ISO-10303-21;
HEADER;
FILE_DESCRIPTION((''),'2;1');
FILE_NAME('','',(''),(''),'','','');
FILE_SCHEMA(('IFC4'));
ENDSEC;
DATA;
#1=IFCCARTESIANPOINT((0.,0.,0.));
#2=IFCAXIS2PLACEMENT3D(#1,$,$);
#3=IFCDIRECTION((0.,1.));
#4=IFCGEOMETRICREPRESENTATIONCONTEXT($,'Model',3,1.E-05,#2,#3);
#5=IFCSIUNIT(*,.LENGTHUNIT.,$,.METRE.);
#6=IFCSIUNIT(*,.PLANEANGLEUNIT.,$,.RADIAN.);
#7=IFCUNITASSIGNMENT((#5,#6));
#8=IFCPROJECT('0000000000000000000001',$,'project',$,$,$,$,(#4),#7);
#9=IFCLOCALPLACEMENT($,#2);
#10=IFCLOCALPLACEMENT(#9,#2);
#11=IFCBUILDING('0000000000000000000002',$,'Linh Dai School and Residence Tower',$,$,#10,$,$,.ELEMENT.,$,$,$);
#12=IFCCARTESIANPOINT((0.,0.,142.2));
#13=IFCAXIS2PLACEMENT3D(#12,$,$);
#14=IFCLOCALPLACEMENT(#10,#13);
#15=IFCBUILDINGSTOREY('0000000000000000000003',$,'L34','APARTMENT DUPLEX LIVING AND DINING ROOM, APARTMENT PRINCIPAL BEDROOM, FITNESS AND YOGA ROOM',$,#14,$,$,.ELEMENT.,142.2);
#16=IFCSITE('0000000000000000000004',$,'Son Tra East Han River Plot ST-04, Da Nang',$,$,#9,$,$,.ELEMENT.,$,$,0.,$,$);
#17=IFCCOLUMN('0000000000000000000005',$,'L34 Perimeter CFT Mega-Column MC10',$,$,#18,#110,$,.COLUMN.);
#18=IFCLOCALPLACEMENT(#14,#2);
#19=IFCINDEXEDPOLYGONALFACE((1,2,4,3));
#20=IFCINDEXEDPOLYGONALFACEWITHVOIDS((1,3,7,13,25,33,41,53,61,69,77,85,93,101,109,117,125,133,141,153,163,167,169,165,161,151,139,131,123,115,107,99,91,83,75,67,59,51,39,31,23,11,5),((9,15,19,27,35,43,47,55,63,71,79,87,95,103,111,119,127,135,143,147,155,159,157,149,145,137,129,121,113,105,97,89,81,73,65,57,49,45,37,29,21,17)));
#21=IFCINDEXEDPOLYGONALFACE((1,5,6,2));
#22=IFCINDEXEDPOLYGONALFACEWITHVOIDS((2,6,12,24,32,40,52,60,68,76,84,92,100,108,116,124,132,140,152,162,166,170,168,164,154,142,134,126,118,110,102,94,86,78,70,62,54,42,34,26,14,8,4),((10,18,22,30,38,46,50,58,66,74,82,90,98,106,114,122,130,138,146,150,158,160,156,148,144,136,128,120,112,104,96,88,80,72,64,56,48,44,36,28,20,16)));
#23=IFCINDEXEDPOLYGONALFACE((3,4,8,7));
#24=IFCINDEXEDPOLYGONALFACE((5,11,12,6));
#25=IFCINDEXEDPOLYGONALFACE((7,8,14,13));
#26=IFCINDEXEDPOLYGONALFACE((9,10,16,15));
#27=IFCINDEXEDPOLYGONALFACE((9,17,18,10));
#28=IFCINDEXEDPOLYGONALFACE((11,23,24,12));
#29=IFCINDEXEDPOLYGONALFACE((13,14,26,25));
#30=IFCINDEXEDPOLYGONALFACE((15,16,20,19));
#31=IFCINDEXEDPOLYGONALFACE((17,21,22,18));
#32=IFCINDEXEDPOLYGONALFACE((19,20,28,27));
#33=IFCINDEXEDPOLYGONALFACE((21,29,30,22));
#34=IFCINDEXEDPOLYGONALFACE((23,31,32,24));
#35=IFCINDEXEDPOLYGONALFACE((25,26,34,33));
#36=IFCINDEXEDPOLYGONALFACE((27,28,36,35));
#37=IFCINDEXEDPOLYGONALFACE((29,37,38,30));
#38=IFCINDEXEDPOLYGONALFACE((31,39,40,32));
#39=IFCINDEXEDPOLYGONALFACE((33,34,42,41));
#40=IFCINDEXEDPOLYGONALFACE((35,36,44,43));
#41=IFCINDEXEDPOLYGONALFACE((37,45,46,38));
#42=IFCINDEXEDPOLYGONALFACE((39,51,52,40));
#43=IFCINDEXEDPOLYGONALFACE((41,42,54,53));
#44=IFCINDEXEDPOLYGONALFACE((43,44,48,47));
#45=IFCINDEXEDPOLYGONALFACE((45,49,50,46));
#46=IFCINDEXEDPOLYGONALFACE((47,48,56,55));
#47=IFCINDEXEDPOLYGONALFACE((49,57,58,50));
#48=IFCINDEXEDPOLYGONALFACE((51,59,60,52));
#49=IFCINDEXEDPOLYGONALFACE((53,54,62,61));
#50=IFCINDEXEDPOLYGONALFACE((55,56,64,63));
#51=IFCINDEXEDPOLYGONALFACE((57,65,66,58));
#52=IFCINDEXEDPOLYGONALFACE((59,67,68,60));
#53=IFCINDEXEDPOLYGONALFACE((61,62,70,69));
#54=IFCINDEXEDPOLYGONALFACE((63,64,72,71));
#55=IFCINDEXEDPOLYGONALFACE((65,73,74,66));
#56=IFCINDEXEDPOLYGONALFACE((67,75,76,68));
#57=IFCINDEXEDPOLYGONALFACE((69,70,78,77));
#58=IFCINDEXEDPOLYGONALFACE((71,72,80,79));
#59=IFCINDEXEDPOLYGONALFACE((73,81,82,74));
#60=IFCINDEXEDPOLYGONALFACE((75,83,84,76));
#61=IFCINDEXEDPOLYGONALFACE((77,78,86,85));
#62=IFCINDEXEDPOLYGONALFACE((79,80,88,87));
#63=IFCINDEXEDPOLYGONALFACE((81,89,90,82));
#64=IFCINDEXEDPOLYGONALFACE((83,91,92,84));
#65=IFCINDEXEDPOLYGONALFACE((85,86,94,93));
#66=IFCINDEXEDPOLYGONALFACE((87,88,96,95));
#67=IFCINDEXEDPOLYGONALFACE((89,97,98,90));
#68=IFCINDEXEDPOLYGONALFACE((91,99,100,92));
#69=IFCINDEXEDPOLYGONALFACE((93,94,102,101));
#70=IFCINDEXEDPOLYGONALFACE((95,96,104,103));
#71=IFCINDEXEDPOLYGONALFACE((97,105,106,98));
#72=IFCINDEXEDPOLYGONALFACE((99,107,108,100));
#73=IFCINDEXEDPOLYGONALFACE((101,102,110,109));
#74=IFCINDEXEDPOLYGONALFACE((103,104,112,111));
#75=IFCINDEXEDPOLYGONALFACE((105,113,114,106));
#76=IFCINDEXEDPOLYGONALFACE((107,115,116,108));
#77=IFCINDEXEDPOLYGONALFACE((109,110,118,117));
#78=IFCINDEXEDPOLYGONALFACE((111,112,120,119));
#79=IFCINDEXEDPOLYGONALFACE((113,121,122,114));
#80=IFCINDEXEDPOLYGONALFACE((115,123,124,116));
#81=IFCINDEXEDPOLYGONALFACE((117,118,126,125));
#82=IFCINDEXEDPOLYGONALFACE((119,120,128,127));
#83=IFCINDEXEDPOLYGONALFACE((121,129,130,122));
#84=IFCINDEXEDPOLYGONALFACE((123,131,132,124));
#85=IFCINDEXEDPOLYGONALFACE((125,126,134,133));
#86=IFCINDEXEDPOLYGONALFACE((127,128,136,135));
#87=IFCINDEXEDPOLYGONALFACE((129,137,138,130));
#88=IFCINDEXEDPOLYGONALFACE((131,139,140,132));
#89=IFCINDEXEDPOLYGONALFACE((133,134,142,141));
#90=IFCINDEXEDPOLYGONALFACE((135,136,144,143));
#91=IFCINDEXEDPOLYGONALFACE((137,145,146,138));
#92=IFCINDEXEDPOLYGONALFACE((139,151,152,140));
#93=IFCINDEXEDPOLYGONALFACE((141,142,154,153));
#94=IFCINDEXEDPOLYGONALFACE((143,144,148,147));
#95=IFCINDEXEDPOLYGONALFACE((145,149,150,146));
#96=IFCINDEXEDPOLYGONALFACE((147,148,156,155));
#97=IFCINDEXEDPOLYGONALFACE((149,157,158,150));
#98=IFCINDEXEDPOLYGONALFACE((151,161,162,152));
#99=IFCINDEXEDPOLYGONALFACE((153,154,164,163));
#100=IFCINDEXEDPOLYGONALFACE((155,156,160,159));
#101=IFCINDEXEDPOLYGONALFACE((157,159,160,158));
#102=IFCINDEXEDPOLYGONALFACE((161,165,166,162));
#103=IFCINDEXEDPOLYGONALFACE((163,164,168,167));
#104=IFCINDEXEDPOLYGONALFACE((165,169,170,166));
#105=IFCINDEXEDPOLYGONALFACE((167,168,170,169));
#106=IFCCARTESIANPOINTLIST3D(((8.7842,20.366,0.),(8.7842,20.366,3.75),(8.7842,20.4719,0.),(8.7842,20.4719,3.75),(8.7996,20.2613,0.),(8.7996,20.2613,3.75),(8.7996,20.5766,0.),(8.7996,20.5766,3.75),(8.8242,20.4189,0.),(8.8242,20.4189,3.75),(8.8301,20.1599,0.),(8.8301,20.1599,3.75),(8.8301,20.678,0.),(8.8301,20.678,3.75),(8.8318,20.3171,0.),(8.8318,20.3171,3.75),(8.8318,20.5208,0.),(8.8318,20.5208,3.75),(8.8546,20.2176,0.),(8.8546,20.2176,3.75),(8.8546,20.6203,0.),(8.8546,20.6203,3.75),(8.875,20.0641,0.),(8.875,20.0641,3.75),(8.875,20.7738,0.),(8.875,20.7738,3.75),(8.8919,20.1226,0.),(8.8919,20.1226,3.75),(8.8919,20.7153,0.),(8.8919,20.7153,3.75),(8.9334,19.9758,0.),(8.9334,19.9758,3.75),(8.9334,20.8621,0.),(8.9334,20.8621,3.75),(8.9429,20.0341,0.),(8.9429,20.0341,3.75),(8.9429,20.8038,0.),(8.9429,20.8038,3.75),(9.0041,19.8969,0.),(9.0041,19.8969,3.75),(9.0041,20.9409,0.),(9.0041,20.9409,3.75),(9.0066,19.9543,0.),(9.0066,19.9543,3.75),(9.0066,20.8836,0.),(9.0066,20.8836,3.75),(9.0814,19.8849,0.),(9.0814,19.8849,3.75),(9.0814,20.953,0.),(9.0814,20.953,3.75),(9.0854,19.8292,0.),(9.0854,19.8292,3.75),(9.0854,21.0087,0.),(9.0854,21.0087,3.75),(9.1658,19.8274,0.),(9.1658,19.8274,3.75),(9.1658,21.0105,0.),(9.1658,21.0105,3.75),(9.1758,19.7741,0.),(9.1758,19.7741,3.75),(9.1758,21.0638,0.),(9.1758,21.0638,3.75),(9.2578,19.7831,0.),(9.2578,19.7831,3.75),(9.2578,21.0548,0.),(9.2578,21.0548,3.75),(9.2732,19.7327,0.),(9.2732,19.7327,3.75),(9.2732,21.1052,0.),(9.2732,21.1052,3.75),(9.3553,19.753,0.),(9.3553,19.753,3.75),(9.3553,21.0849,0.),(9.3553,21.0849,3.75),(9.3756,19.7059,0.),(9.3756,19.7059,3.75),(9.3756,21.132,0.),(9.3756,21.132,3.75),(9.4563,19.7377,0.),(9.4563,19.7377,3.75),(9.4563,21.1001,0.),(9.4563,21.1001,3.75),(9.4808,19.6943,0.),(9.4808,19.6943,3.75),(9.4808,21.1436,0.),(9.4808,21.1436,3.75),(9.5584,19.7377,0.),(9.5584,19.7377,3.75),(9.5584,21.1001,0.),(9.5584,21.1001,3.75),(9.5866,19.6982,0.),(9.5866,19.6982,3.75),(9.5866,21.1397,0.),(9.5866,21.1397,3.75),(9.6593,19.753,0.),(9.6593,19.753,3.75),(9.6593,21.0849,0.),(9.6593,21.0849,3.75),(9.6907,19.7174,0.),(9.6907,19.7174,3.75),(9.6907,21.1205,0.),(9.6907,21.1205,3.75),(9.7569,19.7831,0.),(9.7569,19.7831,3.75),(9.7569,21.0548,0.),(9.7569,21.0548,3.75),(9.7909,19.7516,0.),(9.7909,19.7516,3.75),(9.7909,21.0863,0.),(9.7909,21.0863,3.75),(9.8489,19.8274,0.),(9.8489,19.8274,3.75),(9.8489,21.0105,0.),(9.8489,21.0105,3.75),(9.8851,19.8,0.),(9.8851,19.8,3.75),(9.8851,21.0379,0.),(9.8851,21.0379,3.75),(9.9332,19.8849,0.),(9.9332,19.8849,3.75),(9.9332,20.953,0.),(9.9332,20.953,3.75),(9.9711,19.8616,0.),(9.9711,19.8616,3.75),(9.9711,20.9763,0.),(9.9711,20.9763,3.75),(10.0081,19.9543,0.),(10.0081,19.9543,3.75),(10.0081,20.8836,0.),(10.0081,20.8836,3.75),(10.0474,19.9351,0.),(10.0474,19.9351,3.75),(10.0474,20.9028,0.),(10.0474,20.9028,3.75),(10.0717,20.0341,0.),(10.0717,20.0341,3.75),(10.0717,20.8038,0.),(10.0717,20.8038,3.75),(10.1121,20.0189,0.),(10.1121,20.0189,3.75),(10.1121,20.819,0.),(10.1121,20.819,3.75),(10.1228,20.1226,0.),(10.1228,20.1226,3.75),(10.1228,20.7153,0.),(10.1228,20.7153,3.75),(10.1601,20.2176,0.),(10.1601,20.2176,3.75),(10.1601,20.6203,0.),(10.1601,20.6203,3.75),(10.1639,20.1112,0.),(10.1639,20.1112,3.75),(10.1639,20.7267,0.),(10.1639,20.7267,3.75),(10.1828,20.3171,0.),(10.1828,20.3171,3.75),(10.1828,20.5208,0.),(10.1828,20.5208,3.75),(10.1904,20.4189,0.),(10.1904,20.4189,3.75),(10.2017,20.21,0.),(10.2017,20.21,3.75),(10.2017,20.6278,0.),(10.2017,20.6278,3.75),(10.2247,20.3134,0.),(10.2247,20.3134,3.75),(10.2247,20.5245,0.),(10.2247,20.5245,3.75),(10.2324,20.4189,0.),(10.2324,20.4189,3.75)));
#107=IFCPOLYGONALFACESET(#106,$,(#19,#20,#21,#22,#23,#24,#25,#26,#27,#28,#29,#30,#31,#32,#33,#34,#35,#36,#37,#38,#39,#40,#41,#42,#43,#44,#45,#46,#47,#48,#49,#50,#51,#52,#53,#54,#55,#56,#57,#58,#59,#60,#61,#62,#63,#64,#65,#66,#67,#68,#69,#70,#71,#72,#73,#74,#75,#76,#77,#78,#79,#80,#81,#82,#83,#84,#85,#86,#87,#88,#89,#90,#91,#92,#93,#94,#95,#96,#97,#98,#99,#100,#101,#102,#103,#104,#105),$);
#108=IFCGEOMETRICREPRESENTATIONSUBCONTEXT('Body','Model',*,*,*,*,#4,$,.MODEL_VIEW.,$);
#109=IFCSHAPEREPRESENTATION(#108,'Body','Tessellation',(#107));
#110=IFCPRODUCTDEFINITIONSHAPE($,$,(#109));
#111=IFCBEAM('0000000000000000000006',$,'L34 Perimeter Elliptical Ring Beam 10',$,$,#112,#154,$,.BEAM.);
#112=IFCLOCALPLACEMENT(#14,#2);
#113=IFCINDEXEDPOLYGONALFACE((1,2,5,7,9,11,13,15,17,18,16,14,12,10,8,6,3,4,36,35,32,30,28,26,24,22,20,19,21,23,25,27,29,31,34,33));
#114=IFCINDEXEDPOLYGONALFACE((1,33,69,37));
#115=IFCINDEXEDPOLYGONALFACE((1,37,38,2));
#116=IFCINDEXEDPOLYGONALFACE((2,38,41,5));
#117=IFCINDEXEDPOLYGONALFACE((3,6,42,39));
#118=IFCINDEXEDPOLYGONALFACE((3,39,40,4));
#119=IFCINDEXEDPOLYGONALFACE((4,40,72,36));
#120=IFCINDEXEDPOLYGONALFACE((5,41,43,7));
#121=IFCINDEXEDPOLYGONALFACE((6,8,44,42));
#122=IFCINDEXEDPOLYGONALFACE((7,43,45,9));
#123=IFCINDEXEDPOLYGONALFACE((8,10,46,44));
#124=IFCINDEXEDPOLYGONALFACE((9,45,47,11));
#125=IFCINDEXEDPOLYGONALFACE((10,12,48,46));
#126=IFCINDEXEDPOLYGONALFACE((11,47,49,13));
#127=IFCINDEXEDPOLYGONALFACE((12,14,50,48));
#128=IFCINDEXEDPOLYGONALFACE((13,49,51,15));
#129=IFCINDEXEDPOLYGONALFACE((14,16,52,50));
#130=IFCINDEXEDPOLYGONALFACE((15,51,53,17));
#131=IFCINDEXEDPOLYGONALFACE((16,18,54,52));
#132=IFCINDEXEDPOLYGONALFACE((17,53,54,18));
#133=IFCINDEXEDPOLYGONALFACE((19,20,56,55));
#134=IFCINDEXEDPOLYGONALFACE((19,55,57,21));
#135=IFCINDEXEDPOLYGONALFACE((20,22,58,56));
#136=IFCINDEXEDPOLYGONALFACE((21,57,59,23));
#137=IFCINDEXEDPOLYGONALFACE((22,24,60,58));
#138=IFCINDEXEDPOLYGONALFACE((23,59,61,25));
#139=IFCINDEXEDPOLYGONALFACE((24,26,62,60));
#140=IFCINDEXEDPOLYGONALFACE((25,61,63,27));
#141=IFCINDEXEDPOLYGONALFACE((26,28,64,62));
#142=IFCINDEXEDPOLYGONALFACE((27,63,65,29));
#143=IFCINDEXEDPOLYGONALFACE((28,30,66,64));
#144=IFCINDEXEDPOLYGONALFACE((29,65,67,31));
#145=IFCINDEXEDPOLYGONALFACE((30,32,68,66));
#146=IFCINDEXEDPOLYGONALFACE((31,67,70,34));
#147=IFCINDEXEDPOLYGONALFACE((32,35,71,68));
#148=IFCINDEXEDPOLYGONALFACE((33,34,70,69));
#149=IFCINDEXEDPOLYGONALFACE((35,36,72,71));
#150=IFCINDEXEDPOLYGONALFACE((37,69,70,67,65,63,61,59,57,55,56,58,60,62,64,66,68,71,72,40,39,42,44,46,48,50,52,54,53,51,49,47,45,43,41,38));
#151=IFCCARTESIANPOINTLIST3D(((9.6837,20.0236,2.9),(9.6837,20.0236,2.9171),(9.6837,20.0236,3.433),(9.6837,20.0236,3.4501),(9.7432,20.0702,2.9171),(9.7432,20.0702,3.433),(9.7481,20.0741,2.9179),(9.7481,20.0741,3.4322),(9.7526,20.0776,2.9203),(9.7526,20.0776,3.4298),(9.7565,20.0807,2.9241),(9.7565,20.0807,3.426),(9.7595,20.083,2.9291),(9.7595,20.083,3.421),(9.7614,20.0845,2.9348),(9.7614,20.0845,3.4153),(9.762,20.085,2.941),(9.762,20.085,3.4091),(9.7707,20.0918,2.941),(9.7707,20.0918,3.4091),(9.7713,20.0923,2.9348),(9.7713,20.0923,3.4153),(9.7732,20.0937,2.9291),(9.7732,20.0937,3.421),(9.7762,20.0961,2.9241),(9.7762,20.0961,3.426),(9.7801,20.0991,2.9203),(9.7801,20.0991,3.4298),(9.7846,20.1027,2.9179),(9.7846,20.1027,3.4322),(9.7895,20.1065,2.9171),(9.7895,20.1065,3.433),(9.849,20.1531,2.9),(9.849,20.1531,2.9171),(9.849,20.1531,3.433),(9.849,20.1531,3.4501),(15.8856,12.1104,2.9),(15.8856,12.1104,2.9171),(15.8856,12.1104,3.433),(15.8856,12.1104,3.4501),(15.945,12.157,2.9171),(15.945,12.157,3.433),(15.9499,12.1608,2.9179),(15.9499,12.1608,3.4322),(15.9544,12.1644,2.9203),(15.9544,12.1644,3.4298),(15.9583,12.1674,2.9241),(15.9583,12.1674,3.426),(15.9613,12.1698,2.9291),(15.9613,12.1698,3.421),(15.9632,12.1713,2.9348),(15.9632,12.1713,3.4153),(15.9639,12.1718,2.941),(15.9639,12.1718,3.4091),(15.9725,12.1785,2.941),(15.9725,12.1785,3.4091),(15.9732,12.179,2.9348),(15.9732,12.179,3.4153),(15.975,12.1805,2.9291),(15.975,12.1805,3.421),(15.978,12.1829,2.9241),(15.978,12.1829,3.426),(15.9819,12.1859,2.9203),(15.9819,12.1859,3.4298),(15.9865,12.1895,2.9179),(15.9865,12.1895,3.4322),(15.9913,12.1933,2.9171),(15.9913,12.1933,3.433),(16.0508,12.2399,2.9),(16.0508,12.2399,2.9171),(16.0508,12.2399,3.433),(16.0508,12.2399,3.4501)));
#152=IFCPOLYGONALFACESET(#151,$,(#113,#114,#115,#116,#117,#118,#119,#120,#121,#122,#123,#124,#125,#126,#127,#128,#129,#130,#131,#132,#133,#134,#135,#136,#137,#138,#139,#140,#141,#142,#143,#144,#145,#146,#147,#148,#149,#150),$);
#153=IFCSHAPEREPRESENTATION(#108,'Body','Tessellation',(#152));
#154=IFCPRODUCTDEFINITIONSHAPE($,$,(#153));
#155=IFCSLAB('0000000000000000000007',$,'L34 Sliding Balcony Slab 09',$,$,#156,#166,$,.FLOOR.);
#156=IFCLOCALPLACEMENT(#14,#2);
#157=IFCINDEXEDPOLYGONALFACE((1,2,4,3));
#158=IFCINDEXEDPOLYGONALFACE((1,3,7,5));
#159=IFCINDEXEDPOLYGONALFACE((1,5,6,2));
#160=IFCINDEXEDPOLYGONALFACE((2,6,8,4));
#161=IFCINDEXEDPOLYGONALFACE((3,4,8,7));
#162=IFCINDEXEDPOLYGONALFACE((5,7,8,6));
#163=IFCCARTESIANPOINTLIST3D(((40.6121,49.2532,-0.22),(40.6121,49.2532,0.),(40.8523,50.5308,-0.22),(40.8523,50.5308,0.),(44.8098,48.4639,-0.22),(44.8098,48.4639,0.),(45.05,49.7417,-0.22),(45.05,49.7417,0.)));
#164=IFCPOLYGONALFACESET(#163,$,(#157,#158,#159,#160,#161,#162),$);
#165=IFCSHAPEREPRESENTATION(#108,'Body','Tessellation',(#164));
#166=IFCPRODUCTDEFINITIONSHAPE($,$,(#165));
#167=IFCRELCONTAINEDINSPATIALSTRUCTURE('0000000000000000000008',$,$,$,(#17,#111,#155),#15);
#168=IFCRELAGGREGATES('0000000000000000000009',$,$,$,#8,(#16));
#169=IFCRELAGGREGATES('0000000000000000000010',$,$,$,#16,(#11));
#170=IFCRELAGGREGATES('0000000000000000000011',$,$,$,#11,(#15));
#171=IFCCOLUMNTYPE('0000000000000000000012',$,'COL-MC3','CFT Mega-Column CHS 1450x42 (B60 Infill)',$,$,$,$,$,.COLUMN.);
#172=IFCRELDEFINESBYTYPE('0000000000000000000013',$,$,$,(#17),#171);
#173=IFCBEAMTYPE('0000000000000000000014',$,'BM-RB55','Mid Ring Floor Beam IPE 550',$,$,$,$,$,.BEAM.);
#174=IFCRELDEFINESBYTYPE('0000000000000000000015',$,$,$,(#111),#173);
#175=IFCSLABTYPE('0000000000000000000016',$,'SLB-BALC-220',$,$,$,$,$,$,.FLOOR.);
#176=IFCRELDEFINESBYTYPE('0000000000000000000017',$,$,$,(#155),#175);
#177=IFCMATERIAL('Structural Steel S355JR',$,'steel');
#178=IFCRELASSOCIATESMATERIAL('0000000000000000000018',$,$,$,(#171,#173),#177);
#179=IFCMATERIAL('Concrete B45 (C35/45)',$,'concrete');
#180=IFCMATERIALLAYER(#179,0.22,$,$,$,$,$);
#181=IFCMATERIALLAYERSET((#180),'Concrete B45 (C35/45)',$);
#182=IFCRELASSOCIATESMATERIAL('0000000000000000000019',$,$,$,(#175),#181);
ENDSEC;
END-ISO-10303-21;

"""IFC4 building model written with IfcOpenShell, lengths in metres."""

from ifc_helpers import new_model, si_unit, direction, frame, origin, origin_2d, place, context, subcontext, project, spatial, polyline, hollow_circle, i_section, outline, extrude, material, layer, layer_set, material_profile, profile_set, type_object, element, save


model = new_model("IFC4")

# Units and contexts
model_context = context("Model", 3, precision=1e-05, world=origin(), true_north=direction((0.0, 1.0)))
body_context = subcontext(model_context, "Body", "Model", "MODEL_VIEW")
ifc_project = project(units=[si_unit("LENGTHUNIT", "METRE"), si_unit("PLANEANGLEUNIT", "RADIAN")], contexts=[model_context])

# Site, building, storey
site_placement = place(None, origin())
site = spatial("IfcSite", under=ifc_project, at=site_placement, Name="Son Tra East Han River Plot ST-04, Da Nang", CompositionType="ELEMENT", RefElevation=0.0)
building_placement = place(site_placement, origin())
building = spatial("IfcBuilding", under=site, at=building_placement, Name="Linh Dai School and Residence Tower", CompositionType="ELEMENT")
storey_placement = place(building_placement, frame((0.0, 0.0, 142.2)))
storey = spatial("IfcBuildingStorey", under=building, at=storey_placement, Name="L34", Description="APARTMENT DUPLEX LIVING AND DINING ROOM, APARTMENT PRINCIPAL BEDROOM, FITNESS AND YOGA ROOM", CompositionType="ELEMENT", Elevation=142.2)

# Column
ifc_material_1 = material(Name="Structural Steel S355JR", Category="steel")
ifc_material_profile_1 = material_profile(ifc_material_1, hollow_circle(Radius=0.7251, WallThickness=0.042, at=origin_2d()), Name="CHS 1450x42")
ifc_profile_set_1 = profile_set([ifc_material_profile_1], Name="Structural Steel S355JR")
column_type = type_object("IfcColumnType", Name="COL-MC3", Description="CFT Mega-Column CHS 1450x42 (B60 Infill)", PredefinedType="COLUMN", material=ifc_profile_set_1)
column_placement = place(storey_placement, frame((9.5073, 20.4189, 0.0), z_axis=(0.0, 0.0, 1.0), x_axis=(1.0, 0.0, 0.0)))
element("IfcColumn", 1, at=column_placement, inside=storey, type_object=column_type, Name="L34 Perimeter CFT Mega-Column MC10", PredefinedType="COLUMN", context=body_context, shape_type="SweptSolid", body=[
    extrude(hollow_circle(Radius=0.7251, WallThickness=0.042, at=origin_2d()), origin(), (0.0, 0.0, 1.0), 3.75),
])

# Beam
ifc_material_profile_2 = material_profile(ifc_material_1, i_section(OverallWidth=0.21, OverallDepth=0.55, WebThickness=0.011, FlangeThickness=0.0171, FilletRadius=0.0239, at=origin_2d()), Name="IPE 550")
ifc_profile_set_2 = profile_set([ifc_material_profile_2], Name="Structural Steel S355JR")
beam_type = type_object("IfcBeamType", Name="BM-RB55", Description="Mid Ring Floor Beam IPE 550", PredefinedType="BEAM", material=ifc_profile_set_2)
beam_placement = place(storey_placement, frame((9.7664, 20.0884, 3.175), z_axis=(0.616855, -0.787077, 0.0), x_axis=(0.787077, 0.616855, 0.0)))
element("IfcBeam", 2, at=beam_placement, inside=storey, type_object=beam_type, Name="L34 Perimeter Elliptical Ring Beam 10", PredefinedType="BEAM", context=body_context, shape_type="SweptSolid", body=[
    extrude(i_section(OverallWidth=0.21, OverallDepth=0.55, WebThickness=0.011, FlangeThickness=0.0171, FilletRadius=0.0239, at=origin_2d()), origin(), (0.0, 0.0, 1.0), 10.054),
])

# Slab
ifc_material_2 = material(Name="Concrete B45 (C35/45)", Category="concrete")
ifc_layer_1 = layer(ifc_material_2, 0.22)
ifc_layer_set_1 = layer_set([ifc_layer_1], Name="Concrete B45 (C35/45)")
slab_type_1 = type_object("IfcSlabType", Name="SLB-BALC-220", PredefinedType="FLOOR", material=ifc_layer_set_1)
slab_1_placement = place(storey_placement, frame((0.0, 0.0, -0.22)))
element("IfcSlab", 3, at=slab_1_placement, inside=storey, type_object=slab_type_1, Name="L34 Sliding Balcony Slab 09", PredefinedType="FLOOR", context=body_context, shape_type="SweptSolid", body=[
    extrude(outline(polyline([(40.6121, 49.2532), (44.8098, 48.4639), (45.05, 49.7417), (40.8523, 50.5308), (40.6121, 49.2532)])), origin(), (0.0, 0.0, 1.0), 0.22),
])

save(model, "model.ifc")
